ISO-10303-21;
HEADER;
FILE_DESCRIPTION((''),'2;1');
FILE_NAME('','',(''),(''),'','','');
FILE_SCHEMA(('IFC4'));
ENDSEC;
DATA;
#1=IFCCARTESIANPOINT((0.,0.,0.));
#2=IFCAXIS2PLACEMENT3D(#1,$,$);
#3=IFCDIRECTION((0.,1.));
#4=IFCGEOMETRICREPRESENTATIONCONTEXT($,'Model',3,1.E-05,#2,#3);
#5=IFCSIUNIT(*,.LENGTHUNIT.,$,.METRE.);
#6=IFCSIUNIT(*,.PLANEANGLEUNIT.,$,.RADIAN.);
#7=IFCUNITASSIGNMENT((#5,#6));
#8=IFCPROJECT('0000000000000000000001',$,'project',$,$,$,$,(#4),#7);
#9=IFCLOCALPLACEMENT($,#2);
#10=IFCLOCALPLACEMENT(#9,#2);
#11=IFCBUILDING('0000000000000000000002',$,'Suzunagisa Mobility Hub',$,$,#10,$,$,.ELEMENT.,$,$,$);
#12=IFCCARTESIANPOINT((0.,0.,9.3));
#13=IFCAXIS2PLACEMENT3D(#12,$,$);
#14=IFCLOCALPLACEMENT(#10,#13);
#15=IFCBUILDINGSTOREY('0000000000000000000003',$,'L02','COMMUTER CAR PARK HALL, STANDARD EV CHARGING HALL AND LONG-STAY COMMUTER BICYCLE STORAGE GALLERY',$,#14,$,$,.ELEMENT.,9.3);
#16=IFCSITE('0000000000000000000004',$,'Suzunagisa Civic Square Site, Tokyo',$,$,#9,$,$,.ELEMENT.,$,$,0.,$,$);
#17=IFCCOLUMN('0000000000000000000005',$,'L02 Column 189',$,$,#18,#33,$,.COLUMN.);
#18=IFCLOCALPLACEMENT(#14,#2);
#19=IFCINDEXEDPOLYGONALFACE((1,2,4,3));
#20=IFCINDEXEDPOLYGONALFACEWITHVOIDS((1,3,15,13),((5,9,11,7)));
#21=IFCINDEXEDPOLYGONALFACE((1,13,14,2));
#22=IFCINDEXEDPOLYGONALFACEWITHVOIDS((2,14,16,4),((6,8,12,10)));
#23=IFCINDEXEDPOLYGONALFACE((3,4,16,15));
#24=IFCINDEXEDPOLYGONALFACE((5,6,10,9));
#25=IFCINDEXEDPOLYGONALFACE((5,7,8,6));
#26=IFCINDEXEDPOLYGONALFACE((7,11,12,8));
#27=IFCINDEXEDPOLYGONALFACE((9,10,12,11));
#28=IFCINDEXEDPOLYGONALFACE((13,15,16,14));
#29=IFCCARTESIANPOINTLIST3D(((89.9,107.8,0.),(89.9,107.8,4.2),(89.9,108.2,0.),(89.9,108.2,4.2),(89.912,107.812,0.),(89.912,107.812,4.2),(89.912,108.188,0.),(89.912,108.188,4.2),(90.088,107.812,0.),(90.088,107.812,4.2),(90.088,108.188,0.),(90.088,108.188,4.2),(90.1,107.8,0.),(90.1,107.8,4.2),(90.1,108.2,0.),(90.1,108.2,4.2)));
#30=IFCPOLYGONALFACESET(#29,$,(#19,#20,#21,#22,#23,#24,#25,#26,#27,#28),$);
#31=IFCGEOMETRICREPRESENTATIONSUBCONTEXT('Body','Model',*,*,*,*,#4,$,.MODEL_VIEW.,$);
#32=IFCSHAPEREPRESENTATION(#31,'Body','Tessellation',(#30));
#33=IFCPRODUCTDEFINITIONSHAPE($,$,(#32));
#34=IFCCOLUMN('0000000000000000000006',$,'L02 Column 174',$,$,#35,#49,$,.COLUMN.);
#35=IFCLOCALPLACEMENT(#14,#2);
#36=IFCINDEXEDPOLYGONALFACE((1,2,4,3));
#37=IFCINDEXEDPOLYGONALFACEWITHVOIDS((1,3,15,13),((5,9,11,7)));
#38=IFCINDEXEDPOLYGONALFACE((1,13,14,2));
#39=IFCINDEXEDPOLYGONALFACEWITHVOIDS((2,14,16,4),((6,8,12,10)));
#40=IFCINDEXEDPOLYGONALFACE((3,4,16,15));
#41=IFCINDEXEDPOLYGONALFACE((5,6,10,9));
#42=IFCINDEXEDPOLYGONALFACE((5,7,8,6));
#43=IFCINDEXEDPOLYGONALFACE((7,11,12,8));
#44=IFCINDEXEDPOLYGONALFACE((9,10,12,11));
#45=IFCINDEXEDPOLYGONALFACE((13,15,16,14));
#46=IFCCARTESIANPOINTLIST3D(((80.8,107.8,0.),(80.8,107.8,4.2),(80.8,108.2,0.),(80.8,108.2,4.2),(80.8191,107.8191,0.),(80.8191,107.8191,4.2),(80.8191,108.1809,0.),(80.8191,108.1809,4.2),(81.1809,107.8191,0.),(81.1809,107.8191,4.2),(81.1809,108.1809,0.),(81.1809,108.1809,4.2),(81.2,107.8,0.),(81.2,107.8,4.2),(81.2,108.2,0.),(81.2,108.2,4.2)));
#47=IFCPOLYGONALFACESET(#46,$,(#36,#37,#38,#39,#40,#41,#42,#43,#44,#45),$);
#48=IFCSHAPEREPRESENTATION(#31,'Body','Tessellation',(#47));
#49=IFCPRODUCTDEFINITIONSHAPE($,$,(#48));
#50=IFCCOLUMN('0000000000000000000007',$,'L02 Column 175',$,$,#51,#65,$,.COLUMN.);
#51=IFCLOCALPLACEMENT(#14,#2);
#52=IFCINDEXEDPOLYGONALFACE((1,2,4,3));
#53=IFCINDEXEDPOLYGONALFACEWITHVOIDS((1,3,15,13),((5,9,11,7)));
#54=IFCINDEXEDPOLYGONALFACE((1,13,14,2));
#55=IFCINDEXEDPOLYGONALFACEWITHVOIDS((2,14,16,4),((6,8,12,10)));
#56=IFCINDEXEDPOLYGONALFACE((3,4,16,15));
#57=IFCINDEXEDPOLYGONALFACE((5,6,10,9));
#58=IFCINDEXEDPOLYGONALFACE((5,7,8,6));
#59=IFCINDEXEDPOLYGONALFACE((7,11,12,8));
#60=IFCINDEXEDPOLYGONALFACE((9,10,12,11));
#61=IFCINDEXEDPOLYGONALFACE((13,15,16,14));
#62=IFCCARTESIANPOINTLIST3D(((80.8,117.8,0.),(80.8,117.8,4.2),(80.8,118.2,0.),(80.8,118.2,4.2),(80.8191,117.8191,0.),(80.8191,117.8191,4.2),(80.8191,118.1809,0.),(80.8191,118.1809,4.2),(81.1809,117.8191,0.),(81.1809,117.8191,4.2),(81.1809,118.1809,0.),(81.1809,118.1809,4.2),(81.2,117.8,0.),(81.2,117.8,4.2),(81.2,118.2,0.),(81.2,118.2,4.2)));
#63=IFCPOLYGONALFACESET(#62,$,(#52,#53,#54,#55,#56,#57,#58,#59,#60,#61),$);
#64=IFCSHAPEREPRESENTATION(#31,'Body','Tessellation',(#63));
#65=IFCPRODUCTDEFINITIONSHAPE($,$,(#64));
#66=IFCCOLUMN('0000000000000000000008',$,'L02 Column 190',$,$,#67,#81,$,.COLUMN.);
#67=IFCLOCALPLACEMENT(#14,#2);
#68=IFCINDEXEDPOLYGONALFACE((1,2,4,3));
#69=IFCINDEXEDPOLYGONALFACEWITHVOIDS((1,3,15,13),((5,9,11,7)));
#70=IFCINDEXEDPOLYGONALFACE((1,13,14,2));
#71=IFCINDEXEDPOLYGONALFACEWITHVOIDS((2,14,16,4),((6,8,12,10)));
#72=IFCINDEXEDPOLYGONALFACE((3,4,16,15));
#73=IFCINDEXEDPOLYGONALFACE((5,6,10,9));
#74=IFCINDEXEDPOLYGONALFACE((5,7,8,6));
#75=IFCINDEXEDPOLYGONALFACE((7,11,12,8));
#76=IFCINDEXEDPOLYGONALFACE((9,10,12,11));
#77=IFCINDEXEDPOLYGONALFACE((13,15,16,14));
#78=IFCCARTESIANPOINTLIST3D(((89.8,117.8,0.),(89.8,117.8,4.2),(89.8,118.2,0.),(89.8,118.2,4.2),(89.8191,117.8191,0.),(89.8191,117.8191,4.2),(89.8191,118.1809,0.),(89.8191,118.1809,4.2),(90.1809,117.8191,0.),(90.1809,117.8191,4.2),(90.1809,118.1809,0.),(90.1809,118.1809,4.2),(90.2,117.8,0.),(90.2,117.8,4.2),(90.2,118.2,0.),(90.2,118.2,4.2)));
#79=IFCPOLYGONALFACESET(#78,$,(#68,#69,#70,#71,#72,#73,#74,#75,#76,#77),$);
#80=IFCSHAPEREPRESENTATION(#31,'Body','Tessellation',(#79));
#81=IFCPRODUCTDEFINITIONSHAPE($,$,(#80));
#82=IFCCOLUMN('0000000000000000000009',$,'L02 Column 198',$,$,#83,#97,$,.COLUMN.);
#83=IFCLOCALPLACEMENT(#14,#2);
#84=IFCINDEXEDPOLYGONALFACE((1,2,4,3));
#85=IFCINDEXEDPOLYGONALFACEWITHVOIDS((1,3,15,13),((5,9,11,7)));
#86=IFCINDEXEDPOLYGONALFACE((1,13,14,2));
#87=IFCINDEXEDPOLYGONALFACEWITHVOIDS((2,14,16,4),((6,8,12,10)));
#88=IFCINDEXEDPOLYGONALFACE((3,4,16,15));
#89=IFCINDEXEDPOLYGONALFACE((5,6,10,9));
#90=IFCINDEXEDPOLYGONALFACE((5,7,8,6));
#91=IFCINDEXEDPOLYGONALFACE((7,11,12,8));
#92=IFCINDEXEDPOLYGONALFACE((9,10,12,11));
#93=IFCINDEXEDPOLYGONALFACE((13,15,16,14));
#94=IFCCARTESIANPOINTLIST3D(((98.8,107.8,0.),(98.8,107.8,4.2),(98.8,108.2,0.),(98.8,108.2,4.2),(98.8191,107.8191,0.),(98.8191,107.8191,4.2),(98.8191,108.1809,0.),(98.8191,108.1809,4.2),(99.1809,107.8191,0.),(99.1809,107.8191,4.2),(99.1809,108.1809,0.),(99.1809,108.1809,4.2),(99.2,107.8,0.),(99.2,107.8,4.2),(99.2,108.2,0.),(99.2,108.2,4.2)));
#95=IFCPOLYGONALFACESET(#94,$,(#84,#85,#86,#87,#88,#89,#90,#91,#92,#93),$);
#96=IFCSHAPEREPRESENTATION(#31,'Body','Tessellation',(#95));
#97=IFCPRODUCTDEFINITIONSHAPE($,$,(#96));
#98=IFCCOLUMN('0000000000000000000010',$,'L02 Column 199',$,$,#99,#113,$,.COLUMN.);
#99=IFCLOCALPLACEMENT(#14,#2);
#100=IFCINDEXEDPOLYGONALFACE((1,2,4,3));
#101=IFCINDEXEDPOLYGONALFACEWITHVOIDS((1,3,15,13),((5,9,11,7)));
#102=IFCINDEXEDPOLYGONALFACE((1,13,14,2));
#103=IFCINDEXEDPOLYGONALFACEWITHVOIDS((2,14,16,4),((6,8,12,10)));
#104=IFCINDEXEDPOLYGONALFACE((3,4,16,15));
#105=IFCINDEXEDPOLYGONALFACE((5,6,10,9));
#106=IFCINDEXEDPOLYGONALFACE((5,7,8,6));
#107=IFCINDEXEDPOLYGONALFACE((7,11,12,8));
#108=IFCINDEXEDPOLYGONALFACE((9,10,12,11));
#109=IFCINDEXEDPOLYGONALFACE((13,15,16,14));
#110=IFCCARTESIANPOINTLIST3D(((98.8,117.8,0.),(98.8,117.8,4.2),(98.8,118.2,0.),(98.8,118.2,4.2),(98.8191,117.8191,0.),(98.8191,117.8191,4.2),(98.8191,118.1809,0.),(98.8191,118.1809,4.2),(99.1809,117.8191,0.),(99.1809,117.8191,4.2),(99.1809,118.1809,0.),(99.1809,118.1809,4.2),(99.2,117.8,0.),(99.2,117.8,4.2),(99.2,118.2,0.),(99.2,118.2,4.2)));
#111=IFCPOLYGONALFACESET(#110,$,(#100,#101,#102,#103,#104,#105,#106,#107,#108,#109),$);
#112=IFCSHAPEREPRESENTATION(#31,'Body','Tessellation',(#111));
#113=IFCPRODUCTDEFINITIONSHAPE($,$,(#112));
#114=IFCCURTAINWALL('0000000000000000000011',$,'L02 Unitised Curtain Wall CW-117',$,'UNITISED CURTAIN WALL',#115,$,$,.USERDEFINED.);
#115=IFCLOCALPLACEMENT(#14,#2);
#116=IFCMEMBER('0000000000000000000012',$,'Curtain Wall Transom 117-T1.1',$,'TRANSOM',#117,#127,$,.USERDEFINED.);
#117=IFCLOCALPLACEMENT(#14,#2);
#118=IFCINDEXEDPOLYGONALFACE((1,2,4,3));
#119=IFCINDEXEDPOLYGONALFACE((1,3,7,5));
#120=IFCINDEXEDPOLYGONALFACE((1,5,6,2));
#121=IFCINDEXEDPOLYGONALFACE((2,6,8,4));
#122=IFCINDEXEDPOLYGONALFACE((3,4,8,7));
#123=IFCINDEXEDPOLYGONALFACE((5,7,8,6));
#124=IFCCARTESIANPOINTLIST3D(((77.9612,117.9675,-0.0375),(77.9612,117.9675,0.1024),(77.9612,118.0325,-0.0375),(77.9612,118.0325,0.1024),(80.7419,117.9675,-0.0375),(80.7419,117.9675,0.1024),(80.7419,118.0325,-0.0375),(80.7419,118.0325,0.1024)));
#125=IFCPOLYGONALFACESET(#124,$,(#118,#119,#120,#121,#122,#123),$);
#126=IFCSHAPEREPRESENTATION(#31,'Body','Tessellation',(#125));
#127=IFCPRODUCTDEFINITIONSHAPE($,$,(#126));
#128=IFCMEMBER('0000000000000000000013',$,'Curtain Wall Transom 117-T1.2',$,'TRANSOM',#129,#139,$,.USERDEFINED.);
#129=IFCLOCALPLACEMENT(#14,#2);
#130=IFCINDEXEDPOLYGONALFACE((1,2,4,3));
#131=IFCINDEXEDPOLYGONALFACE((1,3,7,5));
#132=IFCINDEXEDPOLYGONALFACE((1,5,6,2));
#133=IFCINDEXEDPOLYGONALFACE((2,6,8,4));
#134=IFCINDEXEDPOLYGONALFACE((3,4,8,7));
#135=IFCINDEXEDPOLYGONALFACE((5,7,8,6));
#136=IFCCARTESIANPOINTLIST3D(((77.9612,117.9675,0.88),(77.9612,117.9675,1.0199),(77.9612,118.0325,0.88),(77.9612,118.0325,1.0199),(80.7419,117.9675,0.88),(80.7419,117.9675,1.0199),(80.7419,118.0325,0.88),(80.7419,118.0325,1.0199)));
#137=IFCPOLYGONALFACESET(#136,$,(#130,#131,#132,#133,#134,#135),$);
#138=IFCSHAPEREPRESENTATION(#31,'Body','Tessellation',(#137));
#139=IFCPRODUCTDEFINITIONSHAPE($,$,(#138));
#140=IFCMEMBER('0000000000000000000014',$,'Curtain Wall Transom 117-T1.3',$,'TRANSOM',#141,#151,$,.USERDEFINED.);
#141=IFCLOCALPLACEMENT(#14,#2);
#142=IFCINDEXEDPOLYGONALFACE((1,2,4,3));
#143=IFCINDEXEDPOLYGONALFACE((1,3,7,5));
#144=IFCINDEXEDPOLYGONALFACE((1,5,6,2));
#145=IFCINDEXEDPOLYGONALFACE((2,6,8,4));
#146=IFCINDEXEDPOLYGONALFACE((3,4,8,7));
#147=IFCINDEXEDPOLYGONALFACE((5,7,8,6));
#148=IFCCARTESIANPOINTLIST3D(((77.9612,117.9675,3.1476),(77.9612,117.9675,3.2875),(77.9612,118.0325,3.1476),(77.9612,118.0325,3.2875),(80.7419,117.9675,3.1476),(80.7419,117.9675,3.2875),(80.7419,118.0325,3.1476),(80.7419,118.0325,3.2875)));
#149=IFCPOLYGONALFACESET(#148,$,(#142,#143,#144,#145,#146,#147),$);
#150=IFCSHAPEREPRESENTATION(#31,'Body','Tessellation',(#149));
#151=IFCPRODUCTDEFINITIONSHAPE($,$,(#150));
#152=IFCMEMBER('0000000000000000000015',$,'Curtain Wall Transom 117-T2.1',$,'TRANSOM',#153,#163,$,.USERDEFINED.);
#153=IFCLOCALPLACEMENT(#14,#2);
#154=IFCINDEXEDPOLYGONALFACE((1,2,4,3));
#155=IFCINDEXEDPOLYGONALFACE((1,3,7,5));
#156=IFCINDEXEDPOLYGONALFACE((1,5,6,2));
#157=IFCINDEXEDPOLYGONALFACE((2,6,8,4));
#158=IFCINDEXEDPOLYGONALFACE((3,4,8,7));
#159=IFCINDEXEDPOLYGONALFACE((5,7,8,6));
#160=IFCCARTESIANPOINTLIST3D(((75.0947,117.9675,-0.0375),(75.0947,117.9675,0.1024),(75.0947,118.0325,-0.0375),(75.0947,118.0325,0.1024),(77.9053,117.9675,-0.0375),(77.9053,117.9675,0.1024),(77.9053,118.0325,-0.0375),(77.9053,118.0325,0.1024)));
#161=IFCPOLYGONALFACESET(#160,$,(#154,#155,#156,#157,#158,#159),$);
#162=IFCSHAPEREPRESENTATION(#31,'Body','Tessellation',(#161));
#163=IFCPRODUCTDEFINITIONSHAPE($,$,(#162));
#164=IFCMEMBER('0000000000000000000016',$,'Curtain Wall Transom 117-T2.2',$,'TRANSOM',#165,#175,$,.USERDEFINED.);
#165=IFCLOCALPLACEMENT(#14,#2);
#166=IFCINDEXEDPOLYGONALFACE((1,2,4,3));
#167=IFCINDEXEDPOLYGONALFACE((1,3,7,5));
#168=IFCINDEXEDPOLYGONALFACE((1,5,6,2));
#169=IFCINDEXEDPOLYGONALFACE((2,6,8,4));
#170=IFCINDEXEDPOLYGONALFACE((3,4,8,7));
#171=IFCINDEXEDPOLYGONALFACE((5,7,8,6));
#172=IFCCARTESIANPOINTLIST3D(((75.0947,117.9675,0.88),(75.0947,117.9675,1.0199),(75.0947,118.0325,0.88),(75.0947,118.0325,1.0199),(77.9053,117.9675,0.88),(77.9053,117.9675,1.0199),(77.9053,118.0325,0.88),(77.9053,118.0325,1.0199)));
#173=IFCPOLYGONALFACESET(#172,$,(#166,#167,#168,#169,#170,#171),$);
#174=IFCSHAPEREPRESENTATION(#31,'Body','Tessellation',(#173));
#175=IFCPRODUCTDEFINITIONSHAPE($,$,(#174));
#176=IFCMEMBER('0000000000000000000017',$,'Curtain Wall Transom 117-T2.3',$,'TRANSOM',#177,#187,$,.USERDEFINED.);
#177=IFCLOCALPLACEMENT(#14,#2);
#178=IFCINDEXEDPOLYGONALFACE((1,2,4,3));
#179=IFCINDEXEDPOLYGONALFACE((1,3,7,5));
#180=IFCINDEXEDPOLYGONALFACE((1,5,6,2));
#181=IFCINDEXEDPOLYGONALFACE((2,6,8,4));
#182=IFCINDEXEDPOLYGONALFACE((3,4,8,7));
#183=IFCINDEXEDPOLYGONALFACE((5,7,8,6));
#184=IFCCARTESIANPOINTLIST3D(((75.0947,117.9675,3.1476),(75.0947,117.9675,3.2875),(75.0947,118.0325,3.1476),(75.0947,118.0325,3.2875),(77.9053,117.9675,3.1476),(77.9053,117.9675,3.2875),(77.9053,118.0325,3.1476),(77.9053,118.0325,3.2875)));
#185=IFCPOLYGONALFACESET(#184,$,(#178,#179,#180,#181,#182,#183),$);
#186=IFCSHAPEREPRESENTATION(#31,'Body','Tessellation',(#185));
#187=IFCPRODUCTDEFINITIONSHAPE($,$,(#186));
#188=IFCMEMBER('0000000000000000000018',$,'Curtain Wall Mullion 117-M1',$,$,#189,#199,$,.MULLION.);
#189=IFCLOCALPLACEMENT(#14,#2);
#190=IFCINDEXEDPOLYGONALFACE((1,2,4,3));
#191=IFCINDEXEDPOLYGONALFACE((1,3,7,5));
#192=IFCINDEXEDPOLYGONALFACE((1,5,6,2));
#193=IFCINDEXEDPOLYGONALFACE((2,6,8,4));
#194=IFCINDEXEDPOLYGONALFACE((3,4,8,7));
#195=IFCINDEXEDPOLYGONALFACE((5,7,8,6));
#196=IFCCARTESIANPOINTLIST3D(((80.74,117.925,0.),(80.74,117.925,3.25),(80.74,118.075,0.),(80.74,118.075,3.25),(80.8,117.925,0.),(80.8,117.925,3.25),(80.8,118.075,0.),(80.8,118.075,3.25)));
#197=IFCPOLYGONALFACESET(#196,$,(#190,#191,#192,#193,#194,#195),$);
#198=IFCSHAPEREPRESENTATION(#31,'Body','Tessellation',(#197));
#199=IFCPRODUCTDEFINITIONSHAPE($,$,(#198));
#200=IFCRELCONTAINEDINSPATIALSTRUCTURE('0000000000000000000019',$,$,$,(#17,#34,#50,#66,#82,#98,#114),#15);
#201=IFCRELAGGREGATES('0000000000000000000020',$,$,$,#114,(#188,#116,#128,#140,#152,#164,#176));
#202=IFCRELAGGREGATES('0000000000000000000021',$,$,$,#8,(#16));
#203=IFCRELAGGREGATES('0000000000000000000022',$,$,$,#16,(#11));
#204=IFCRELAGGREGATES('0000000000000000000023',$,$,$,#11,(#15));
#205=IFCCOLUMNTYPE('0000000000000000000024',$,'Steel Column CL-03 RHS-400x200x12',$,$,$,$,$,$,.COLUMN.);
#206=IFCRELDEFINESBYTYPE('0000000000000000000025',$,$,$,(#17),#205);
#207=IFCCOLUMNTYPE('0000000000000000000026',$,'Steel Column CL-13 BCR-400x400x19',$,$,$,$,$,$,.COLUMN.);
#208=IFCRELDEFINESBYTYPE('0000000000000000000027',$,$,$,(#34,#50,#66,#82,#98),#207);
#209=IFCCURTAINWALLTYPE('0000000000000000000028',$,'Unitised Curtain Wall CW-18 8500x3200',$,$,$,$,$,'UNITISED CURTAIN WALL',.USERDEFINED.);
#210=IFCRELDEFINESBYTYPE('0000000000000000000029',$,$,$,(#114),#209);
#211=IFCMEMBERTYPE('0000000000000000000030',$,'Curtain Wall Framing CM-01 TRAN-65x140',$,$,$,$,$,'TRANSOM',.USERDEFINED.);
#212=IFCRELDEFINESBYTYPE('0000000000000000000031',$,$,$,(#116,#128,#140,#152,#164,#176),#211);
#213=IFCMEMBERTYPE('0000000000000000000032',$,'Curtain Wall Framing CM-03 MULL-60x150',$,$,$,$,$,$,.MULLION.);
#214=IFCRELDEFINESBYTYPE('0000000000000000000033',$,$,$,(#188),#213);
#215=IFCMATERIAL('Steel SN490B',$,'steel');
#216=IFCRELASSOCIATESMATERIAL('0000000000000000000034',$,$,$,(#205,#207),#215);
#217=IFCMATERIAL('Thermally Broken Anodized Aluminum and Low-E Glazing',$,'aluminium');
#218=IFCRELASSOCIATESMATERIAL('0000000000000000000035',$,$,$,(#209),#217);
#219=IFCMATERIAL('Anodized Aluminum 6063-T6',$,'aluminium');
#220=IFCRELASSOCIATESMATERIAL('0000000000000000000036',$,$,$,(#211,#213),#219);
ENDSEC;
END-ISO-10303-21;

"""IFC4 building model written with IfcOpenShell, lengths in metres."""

from ifc_helpers import new_model, si_unit, direction, frame, origin, origin_2d, place, context, subcontext, project, spatial, rectangle, hollow_rectangle, extrude, material, material_profile, profile_set, type_object, element, aggregate, save


model = new_model("IFC4")

# Units and contexts
model_context = context("Model", 3, precision=1e-05, world=origin(), true_north=direction((0.0, 1.0)))
body_context = subcontext(model_context, "Body", "Model", "MODEL_VIEW")
ifc_project = project(units=[si_unit("LENGTHUNIT", "METRE"), si_unit("PLANEANGLEUNIT", "RADIAN")], contexts=[model_context])

# Site, building, storey
site_placement = place(None, origin())
site = spatial("IfcSite", under=ifc_project, at=site_placement, Name="Suzunagisa Civic Square Site, Tokyo", CompositionType="ELEMENT", RefElevation=0.0)
building_placement = place(site_placement, origin())
building = spatial("IfcBuilding", under=site, at=building_placement, Name="Suzunagisa Mobility Hub", CompositionType="ELEMENT")
storey_placement = place(building_placement, frame((0.0, 0.0, 9.3)))
storey = spatial("IfcBuildingStorey", under=building, at=storey_placement, Name="L02", Description="COMMUTER CAR PARK HALL, STANDARD EV CHARGING HALL AND LONG-STAY COMMUTER BICYCLE STORAGE GALLERY", CompositionType="ELEMENT", Elevation=9.3)

# Columns
ifc_material_1 = material(Name="Steel SN490B", Category="steel")
ifc_material_profile_1 = material_profile(ifc_material_1, hollow_rectangle(XDim=0.2, YDim=0.3999, WallThickness=0.012, at=origin_2d()), Name="RHS-400x200x12")
ifc_profile_set_1 = profile_set([ifc_material_profile_1], Name="Steel SN490B")
column_type_1 = type_object("IfcColumnType", Name="Steel Column CL-03 RHS-400x200x12", PredefinedType="COLUMN", material=ifc_profile_set_1)
column_placement = place(storey_placement, frame((90.0, 108.0, 0.0), z_axis=(0.0, 0.0, 1.0), x_axis=(1.0, 0.0, 0.0)))
element("IfcColumn", 1, at=column_placement, inside=storey, type_object=column_type_1, Name="L02 Column 189", PredefinedType="COLUMN", context=body_context, shape_type="SweptSolid", body=[
    extrude(hollow_rectangle(XDim=0.2, YDim=0.3999, WallThickness=0.012, at=origin_2d()), origin(), (0.0, 0.0, 1.0), 4.2),
])
ifc_material_profile_2 = material_profile(ifc_material_1, hollow_rectangle(XDim=0.3999, YDim=0.3999, WallThickness=0.019, at=origin_2d()), Name="BCR-400x400x19")
ifc_profile_set_2 = profile_set([ifc_material_profile_2], Name="Steel SN490B")
column_type_2 = type_object("IfcColumnType", Name="Steel Column CL-13 BCR-400x400x19", PredefinedType="COLUMN", material=ifc_profile_set_2)
for number, where, z_axis, x_axis, name in (
    (2, (81.0, 108.0, 0.0), (0.0, 0.0, 1.0), (1.0, 0.0, 0.0), "L02 Column 174"),
    (3, (81.0, 118.0, 0.0), (0.0, 0.0, 1.0), (1.0, 0.0, 0.0), "L02 Column 175"),
    (4, (90.0, 118.0, 0.0), (0.0, 0.0, 1.0), (1.0, 0.0, 0.0), "L02 Column 190"),
    (5, (99.0, 108.0, 0.0), (0.0, 0.0, 1.0), (1.0, 0.0, 0.0), "L02 Column 198"),
    (6, (99.0, 118.0, 0.0), (0.0, 0.0, 1.0), (1.0, 0.0, 0.0), "L02 Column 199"),
):
    element("IfcColumn", number, at=place(storey_placement, frame(where, z_axis=z_axis, x_axis=x_axis)), inside=storey, type_object=column_type_2, Name=name, PredefinedType="COLUMN", context=body_context, shape_type="SweptSolid", body=[
        extrude(hollow_rectangle(XDim=0.3999, YDim=0.3999, WallThickness=0.019, at=origin_2d()), origin(), (0.0, 0.0, 1.0), 4.2),
    ])

# Curtain wall, members
ifc_material_2 = material(Name="Thermally Broken Anodized Aluminum and Low-E Glazing", Category="aluminium")
curtain_wall_type = type_object("IfcCurtainWallType", Name="Unitised Curtain Wall CW-18 8500x3200", ElementType="UNITISED CURTAIN WALL", PredefinedType="USERDEFINED", material=ifc_material_2)
curtain_wall_placement = place(storey_placement, origin())
curtain_wall = element("IfcCurtainWall", 7, at=curtain_wall_placement, inside=storey, type_object=curtain_wall_type, Name="L02 Unitised Curtain Wall CW-117", ObjectType="UNITISED CURTAIN WALL", PredefinedType="USERDEFINED")
ifc_material_3 = material(Name="Anodized Aluminum 6063-T6", Category="aluminium")
ifc_material_profile_3 = material_profile(ifc_material_3, rectangle(XDim=0.0649, YDim=0.1399, at=origin_2d()), Name="TRAN-65x140")
ifc_profile_set_3 = profile_set([ifc_material_profile_3], Name="Anodized Aluminum 6063-T6")
member_type_1 = type_object("IfcMemberType", Name="Curtain Wall Framing CM-01 TRAN-65x140", ElementType="TRANSOM", PredefinedType="USERDEFINED", material=ifc_profile_set_3)
member_1_placement = place(storey_placement, frame((80.7419, 118.0, 0.0325), z_axis=(-1.0, 0.0, 0.0), x_axis=(0.0, -1.0, 0.0)))
member_1 = element("IfcMember", 8, at=member_1_placement, type_object=member_type_1, Name="Curtain Wall Transom 117-T1.1", ObjectType="TRANSOM", PredefinedType="USERDEFINED", context=body_context, shape_type="SweptSolid", body=[
    extrude(rectangle(XDim=0.0649, YDim=0.1399, at=origin_2d()), origin(), (0.0, 0.0, 1.0), 2.7808),
])
member_2_placement = place(storey_placement, frame((80.7419, 118.0, 0.95), z_axis=(-1.0, 0.0, 0.0), x_axis=(0.0, -1.0, 0.0)))
member_2 = element("IfcMember", 9, at=member_2_placement, type_object=member_type_1, Name="Curtain Wall Transom 117-T1.2", ObjectType="TRANSOM", PredefinedType="USERDEFINED", context=body_context, shape_type="SweptSolid", body=[
    extrude(rectangle(XDim=0.0649, YDim=0.1399, at=origin_2d()), origin(), (0.0, 0.0, 1.0), 2.7808),
])
member_3_placement = place(storey_placement, frame((80.7419, 118.0, 3.2175), z_axis=(-1.0, 0.0, 0.0), x_axis=(0.0, -1.0, 0.0)))
member_3 = element("IfcMember", 10, at=member_3_placement, type_object=member_type_1, Name="Curtain Wall Transom 117-T1.3", ObjectType="TRANSOM", PredefinedType="USERDEFINED", context=body_context, shape_type="SweptSolid", body=[
    extrude(rectangle(XDim=0.0649, YDim=0.1399, at=origin_2d()), origin(), (0.0, 0.0, 1.0), 2.7808),
])
member_4_placement = place(storey_placement, frame((77.9053, 118.0, 0.0325), z_axis=(-1.0, 0.0, 0.0), x_axis=(0.0, -1.0, 0.0)))
member_4 = element("IfcMember", 11, at=member_4_placement, type_object=member_type_1, Name="Curtain Wall Transom 117-T2.1", ObjectType="TRANSOM", PredefinedType="USERDEFINED", context=body_context, shape_type="SweptSolid", body=[
    extrude(rectangle(XDim=0.0649, YDim=0.1399, at=origin_2d()), origin(), (0.0, 0.0, 1.0), 2.8105),
])
member_5_placement = place(storey_placement, frame((77.9053, 118.0, 0.95), z_axis=(-1.0, 0.0, 0.0), x_axis=(0.0, -1.0, 0.0)))
member_5 = element("IfcMember", 12, at=member_5_placement, type_object=member_type_1, Name="Curtain Wall Transom 117-T2.2", ObjectType="TRANSOM", PredefinedType="USERDEFINED", context=body_context, shape_type="SweptSolid", body=[
    extrude(rectangle(XDim=0.0649, YDim=0.1399, at=origin_2d()), origin(), (0.0, 0.0, 1.0), 2.8105),
])
member_6_placement = place(storey_placement, frame((77.9053, 118.0, 3.2175), z_axis=(-1.0, 0.0, 0.0), x_axis=(0.0, -1.0, 0.0)))
member_6 = element("IfcMember", 13, at=member_6_placement, type_object=member_type_1, Name="Curtain Wall Transom 117-T2.3", ObjectType="TRANSOM", PredefinedType="USERDEFINED", context=body_context, shape_type="SweptSolid", body=[
    extrude(rectangle(XDim=0.0649, YDim=0.1399, at=origin_2d()), origin(), (0.0, 0.0, 1.0), 2.8105),
])
ifc_material_profile_4 = material_profile(ifc_material_3, rectangle(XDim=0.0601, YDim=0.1499, at=origin_2d()), Name="MULL-60x150")
ifc_profile_set_4 = profile_set([ifc_material_profile_4], Name="Anodized Aluminum 6063-T6")
member_type_2 = type_object("IfcMemberType", Name="Curtain Wall Framing CM-03 MULL-60x150", PredefinedType="MULLION", material=ifc_profile_set_4)
member_7_placement = place(storey_placement, frame((80.77, 118.0, 0.0), z_axis=(0.0, 0.0, 1.0), x_axis=(-1.0, 0.0, 0.0)))
member_7 = element("IfcMember", 14, at=member_7_placement, type_object=member_type_2, Name="Curtain Wall Mullion 117-M1", PredefinedType="MULLION", context=body_context, shape_type="SweptSolid", body=[
    extrude(rectangle(XDim=0.0601, YDim=0.1499, at=origin_2d()), origin(), (0.0, 0.0, 1.0), 3.25),
])

aggregate(curtain_wall, [member_7, member_1, member_2, member_3, member_4, member_5, member_6])

save(model, "model.ifc")
